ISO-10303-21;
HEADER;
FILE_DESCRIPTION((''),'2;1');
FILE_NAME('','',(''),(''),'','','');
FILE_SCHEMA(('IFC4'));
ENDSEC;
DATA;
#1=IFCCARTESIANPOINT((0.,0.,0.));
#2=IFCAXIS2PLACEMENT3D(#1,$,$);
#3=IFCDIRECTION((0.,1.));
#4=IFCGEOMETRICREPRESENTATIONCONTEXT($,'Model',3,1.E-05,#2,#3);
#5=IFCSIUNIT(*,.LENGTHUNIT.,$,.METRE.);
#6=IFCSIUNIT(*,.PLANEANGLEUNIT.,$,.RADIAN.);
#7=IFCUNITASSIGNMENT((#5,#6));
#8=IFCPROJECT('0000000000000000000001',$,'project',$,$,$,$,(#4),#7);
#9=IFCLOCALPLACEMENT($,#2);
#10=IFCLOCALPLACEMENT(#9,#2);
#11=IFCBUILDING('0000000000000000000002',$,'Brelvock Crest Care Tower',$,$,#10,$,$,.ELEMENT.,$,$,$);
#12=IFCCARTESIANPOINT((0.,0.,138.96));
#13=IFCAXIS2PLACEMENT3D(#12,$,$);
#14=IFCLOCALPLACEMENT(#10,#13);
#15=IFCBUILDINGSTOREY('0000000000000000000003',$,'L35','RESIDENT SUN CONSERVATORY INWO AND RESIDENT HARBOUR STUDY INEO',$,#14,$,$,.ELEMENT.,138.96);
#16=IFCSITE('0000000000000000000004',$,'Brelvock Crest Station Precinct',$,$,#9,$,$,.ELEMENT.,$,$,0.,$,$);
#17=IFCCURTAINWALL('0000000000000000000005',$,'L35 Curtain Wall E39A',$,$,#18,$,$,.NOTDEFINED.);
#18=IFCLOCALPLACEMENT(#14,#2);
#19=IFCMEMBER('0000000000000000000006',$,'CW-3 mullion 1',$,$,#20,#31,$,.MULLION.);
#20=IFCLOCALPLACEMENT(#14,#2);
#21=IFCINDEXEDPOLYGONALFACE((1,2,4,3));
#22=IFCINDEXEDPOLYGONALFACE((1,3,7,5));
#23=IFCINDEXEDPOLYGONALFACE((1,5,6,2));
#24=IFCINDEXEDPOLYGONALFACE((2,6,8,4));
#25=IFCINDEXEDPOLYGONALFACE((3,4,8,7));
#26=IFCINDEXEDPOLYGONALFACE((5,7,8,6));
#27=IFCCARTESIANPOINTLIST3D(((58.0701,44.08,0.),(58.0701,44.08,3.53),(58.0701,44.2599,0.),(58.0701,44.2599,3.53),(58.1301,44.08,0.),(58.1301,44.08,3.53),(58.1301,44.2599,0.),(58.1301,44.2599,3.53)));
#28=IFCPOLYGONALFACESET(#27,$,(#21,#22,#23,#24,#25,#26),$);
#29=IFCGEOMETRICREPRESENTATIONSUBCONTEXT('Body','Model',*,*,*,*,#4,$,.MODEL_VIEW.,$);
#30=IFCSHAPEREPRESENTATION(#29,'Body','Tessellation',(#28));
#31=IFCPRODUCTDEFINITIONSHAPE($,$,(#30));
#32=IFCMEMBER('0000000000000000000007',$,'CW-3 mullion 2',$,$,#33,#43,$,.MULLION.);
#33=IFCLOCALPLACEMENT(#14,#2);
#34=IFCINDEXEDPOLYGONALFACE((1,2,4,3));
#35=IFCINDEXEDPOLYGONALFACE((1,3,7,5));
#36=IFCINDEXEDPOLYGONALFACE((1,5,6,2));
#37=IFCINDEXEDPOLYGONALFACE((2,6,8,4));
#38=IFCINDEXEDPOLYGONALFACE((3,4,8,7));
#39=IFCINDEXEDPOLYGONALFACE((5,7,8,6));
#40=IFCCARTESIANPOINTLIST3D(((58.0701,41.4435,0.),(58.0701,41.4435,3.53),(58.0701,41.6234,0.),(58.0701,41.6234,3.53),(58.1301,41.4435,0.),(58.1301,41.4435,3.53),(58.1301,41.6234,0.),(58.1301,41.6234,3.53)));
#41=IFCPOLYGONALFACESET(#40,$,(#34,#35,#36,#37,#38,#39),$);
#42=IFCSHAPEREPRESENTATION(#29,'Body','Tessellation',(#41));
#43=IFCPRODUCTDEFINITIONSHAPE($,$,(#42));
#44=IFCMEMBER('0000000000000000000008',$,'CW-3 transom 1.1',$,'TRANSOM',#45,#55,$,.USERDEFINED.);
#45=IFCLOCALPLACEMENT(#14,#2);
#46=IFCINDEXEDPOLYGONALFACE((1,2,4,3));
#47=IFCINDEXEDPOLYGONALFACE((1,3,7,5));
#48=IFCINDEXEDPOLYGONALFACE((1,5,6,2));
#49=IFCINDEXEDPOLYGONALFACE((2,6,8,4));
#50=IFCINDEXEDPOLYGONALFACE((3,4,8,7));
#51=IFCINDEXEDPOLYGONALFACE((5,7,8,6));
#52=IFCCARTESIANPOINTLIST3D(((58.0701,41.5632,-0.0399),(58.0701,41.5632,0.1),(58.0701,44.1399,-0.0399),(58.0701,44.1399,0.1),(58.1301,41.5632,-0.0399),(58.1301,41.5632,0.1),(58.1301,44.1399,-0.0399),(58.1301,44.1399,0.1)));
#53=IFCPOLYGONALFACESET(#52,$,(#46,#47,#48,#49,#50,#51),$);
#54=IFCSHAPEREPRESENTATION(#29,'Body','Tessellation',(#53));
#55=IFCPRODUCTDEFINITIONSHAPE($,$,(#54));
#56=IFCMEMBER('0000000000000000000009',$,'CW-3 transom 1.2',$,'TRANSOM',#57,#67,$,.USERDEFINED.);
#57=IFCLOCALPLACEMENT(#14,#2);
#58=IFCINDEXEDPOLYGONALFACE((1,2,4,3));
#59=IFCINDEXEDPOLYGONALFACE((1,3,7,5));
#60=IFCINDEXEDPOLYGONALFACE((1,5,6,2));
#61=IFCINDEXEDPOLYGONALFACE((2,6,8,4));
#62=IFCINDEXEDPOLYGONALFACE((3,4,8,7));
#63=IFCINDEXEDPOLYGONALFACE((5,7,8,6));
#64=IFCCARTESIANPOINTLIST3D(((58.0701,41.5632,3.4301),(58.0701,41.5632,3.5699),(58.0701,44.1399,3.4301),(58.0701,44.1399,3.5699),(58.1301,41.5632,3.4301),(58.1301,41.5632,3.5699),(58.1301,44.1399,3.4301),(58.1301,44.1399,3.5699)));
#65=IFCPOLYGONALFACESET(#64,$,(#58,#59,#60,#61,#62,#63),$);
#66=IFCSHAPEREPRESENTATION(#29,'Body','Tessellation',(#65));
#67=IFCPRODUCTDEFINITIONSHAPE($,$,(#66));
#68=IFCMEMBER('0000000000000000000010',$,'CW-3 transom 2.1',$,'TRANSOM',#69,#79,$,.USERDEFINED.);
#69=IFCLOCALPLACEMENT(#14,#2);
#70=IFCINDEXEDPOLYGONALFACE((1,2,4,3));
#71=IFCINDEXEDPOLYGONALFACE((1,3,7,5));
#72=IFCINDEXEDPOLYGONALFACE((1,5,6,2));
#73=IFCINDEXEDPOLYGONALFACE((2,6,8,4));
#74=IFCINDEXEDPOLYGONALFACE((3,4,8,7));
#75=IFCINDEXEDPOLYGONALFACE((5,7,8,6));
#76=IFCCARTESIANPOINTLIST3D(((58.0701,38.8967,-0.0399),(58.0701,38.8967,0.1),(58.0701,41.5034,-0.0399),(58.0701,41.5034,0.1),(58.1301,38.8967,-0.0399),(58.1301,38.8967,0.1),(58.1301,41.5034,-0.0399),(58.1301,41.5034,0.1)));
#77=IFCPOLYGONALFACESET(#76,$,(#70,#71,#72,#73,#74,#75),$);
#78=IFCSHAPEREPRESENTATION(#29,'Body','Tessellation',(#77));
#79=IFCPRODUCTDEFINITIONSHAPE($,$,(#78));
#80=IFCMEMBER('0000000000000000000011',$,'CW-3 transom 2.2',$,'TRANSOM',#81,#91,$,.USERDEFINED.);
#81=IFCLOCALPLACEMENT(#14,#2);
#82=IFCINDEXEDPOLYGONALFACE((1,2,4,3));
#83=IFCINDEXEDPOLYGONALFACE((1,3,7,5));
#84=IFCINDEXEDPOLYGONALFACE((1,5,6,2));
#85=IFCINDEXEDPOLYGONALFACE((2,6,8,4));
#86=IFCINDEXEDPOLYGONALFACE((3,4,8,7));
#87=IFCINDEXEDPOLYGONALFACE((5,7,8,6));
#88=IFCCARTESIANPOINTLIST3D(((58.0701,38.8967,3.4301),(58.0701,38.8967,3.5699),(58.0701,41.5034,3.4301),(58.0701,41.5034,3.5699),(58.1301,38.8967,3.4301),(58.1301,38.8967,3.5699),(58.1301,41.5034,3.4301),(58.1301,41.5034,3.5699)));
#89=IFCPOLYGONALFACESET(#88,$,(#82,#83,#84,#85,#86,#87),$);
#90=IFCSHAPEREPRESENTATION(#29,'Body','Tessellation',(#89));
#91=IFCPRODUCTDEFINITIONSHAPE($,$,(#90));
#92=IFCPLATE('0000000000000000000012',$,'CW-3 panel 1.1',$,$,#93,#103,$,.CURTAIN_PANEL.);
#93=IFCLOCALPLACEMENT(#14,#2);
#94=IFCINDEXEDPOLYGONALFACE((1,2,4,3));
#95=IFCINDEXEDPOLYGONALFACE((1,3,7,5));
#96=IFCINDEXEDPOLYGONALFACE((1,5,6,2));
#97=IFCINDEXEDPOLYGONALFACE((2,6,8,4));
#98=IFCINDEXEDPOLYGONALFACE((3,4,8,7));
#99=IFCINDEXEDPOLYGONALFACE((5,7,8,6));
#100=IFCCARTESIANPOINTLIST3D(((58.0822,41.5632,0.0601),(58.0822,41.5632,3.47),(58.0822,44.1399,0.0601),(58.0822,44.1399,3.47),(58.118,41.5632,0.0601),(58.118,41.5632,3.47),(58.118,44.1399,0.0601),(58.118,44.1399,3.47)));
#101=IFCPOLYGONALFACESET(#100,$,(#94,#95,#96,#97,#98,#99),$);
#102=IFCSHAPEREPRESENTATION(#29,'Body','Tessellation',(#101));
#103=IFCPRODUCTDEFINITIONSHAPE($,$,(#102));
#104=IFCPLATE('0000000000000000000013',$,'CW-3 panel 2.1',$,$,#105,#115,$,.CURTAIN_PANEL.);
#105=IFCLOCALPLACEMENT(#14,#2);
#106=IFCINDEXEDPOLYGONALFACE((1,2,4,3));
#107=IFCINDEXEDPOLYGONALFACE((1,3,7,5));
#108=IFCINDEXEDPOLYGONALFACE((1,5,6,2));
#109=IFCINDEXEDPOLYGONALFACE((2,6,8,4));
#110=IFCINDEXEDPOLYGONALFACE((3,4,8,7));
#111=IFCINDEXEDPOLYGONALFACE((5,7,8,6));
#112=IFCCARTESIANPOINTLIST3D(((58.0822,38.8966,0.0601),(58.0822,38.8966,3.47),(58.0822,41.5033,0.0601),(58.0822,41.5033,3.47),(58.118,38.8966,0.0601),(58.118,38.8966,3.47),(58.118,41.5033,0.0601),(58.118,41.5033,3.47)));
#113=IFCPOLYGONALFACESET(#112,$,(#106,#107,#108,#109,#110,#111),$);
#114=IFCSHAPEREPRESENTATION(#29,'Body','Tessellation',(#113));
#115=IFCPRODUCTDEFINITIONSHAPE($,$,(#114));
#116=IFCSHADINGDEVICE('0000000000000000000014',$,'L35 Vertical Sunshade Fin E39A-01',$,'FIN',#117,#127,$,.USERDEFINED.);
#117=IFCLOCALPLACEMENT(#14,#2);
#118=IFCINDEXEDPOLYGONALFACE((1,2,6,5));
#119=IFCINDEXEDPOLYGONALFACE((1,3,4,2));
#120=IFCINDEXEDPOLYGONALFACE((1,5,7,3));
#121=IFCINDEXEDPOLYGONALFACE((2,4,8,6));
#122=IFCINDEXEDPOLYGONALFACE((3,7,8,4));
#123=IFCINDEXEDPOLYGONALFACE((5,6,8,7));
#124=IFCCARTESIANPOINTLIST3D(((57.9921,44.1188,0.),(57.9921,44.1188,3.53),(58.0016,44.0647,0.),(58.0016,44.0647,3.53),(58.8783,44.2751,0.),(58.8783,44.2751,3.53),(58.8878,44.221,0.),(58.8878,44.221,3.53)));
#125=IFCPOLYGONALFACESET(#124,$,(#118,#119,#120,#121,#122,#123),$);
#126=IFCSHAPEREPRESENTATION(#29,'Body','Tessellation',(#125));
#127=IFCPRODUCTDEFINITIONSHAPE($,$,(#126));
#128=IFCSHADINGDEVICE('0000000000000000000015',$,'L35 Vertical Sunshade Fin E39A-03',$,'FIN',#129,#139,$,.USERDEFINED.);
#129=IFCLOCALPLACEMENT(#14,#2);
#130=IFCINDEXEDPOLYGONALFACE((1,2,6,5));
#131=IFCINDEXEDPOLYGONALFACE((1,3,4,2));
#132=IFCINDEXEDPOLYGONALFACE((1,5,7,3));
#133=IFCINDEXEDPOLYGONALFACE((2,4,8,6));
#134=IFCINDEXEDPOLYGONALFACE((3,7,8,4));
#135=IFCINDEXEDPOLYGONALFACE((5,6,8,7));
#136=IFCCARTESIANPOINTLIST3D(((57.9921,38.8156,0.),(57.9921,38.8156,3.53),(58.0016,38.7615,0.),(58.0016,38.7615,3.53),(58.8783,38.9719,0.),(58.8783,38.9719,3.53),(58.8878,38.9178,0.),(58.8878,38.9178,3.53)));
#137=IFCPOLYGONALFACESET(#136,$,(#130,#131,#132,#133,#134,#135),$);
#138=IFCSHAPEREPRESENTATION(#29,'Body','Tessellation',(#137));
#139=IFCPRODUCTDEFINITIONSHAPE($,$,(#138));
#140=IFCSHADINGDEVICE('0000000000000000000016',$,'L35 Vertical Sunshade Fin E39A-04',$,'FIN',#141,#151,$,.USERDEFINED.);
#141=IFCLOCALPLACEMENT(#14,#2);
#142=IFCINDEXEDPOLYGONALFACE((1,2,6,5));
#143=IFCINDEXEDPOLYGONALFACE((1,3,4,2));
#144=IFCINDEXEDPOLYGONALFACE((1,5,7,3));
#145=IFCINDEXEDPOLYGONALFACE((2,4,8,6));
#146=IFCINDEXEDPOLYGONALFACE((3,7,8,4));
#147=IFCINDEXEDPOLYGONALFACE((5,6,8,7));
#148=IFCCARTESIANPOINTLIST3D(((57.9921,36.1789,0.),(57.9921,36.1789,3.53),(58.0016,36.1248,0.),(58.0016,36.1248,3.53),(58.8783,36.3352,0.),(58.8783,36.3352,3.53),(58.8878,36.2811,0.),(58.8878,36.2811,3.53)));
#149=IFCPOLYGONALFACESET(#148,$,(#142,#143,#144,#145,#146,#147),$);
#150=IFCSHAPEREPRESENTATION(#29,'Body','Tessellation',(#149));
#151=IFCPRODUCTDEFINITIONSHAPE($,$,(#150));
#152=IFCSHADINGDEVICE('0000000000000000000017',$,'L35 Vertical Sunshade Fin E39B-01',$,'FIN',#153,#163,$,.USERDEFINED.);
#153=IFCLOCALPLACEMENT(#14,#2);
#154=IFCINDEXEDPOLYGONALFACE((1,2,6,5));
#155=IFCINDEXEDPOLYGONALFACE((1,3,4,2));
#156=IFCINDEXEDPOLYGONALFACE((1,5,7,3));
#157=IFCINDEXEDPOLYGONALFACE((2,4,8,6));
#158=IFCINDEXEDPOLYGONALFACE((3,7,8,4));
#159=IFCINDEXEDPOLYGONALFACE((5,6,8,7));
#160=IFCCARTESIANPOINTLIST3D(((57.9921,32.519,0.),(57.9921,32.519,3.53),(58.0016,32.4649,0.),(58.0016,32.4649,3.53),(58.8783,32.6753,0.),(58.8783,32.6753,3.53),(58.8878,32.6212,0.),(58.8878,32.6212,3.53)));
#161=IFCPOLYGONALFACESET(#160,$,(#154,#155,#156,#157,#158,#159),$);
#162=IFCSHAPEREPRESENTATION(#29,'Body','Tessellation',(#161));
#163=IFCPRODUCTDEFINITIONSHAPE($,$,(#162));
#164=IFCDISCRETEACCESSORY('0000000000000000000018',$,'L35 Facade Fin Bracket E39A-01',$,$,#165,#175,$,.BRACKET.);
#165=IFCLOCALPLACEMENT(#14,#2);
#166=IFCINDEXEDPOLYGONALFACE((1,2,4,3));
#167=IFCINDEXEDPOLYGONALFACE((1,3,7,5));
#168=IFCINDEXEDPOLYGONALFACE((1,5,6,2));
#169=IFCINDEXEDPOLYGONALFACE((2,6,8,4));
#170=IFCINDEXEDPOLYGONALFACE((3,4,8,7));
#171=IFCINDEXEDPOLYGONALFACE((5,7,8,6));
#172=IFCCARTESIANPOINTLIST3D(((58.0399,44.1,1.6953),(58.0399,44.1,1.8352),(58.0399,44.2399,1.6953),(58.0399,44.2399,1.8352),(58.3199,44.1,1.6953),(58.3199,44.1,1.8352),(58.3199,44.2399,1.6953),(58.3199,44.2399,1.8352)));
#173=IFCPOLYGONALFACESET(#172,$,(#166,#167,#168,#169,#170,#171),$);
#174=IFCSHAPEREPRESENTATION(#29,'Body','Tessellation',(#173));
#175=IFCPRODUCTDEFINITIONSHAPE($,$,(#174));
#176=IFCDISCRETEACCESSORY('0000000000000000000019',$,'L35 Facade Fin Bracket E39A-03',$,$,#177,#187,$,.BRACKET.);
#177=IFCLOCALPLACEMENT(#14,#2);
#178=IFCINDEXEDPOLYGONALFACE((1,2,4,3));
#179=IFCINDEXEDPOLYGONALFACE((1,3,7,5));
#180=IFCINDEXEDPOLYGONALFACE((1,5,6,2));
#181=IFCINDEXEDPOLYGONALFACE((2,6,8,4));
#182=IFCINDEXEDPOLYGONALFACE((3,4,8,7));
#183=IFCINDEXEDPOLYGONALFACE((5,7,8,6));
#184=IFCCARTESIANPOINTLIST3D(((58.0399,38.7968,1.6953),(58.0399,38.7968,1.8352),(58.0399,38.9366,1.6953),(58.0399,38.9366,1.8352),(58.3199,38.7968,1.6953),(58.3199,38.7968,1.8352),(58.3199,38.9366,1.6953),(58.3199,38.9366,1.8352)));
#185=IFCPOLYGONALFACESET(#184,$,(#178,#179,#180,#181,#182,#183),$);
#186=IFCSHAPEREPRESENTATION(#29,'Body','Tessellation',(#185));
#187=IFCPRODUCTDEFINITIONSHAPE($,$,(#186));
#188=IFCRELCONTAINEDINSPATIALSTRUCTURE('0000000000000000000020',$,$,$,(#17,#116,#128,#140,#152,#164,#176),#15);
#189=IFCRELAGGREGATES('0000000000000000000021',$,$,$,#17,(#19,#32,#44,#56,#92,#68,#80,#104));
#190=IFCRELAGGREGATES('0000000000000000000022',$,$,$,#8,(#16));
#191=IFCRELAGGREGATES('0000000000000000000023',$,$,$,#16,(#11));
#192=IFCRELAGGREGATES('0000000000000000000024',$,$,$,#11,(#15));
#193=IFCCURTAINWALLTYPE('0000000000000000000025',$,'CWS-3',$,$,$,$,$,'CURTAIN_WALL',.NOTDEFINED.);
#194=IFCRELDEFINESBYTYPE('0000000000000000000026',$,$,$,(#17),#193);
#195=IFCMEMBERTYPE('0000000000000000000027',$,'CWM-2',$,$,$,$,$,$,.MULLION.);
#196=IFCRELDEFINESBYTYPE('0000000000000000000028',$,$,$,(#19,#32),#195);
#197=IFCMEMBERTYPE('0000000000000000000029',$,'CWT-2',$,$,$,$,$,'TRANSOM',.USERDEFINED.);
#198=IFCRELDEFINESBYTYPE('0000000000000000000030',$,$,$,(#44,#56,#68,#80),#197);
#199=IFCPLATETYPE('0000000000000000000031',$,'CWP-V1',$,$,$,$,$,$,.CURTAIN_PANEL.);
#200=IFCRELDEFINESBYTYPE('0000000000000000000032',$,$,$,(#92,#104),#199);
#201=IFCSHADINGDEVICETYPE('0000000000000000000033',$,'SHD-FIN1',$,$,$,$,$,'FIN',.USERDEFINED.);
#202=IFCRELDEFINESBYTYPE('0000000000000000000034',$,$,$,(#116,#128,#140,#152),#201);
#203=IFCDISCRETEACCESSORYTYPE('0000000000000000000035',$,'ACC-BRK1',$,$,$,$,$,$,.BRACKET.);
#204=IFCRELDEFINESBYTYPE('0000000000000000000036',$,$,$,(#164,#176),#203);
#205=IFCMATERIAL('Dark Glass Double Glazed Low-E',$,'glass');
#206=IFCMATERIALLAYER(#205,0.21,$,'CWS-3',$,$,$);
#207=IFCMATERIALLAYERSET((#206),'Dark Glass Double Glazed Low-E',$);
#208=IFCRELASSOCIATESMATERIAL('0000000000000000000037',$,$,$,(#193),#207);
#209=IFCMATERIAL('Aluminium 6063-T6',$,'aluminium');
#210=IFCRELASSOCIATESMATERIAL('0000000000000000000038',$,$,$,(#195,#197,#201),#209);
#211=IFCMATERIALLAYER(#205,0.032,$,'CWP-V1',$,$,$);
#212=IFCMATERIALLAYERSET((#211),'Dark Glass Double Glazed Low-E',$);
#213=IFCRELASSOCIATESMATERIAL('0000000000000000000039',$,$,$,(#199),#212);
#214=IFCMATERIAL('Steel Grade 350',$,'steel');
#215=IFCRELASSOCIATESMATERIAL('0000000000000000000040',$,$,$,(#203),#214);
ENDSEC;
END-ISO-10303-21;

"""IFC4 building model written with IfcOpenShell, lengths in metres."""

from ifc_helpers import new_model, si_unit, direction, frame, origin, origin_2d, place, context, subcontext, project, spatial, rectangle, extrude, source, transform, mapped, material, layer, layer_set, material_profile, profile_set, type_object, element, aggregate, save


model = new_model("IFC4")

# Units and contexts
model_context = context("Model", 3, precision=1e-05, world=origin(), true_north=direction((0.0, 1.0)))
body_context = subcontext(model_context, "Body", "Model", "MODEL_VIEW")
ifc_project = project(units=[si_unit("LENGTHUNIT", "METRE"), si_unit("PLANEANGLEUNIT", "RADIAN")], contexts=[model_context])

# Site, building, storey
site_placement = place(None, origin())
site = spatial("IfcSite", under=ifc_project, at=site_placement, Name="Brelvock Crest Station Precinct", CompositionType="ELEMENT", RefElevation=0.0)
building_placement = place(site_placement, origin())
building = spatial("IfcBuilding", under=site, at=building_placement, Name="Brelvock Crest Care Tower", CompositionType="ELEMENT")
storey_placement = place(building_placement, frame((0.0, 0.0, 138.96)))
storey = spatial("IfcBuildingStorey", under=building, at=storey_placement, Name="L35", Description="RESIDENT SUN CONSERVATORY INWO AND RESIDENT HARBOUR STUDY INEO", CompositionType="ELEMENT", Elevation=138.96)

# Curtain wall, members, plates
ifc_material_1 = material(Name="Dark Glass Double Glazed Low-E", Category="glass")
ifc_layer_1 = layer(ifc_material_1, 0.21, Name="CWS-3")
ifc_layer_set_1 = layer_set([ifc_layer_1], Name="Dark Glass Double Glazed Low-E")
curtain_wall_type = type_object("IfcCurtainWallType", Name="CWS-3", ElementType="CURTAIN_WALL", PredefinedType="NOTDEFINED", material=ifc_layer_set_1)
curtain_wall_placement = place(storey_placement, origin())
curtain_wall = element("IfcCurtainWall", 1, at=curtain_wall_placement, inside=storey, type_object=curtain_wall_type, Name="L35 Curtain Wall E39A", PredefinedType="NOTDEFINED")
ifc_material_2 = material(Name="Aluminium 6063-T6", Category="aluminium")
ifc_material_profile_1 = material_profile(ifc_material_2, rectangle(XDim=0.0601, YDim=0.1799, at=origin_2d()), Name="ALU60x180")
ifc_profile_set_1 = profile_set([ifc_material_profile_1], Name="Aluminium 6063-T6")
member_type_1 = type_object("IfcMemberType", Name="CWM-2", PredefinedType="MULLION", material=ifc_profile_set_1)
shared_shape_1 = source(origin(), body_context, "Body", "SweptSolid", [
    extrude(rectangle(XDim=0.0601, YDim=0.1799, at=origin_2d()), origin(), (0.0, 0.0, 1.0), 3.53),
])
member_1_placement = place(storey_placement, frame((58.1001, 44.1699, 0.0), z_axis=(0.0, 0.0, 1.0), x_axis=(1.0, 0.0, 0.0)))
member_1 = element("IfcMember", 2, at=member_1_placement, type_object=member_type_1, Name="CW-3 mullion 1", PredefinedType="MULLION", context=body_context, shape_type="MappedRepresentation", body=[
    mapped(shared_shape_1, transform((0.0, 0.0, 0.0), x_axis=(1.0, 0.0, 0.0), y_axis=(0.0, 1.0, 0.0), z_axis=(0.0, 0.0, 1.0), scale=1.0)),
])
member_2_placement = place(storey_placement, frame((58.1001, 41.5334, 0.0), z_axis=(0.0, 0.0, 1.0), x_axis=(1.0, 0.0, 0.0)))
member_2 = element("IfcMember", 3, at=member_2_placement, type_object=member_type_1, Name="CW-3 mullion 2", PredefinedType="MULLION", context=body_context, shape_type="MappedRepresentation", body=[
    mapped(shared_shape_1, transform((0.0, 0.0, 0.0), x_axis=(1.0, 0.0, 0.0), y_axis=(0.0, 1.0, 0.0), z_axis=(0.0, 0.0, 1.0), scale=1.0)),
])
ifc_material_profile_2 = material_profile(ifc_material_2, rectangle(XDim=0.0601, YDim=0.1399, at=origin_2d()), Name="ALU60x140")
ifc_profile_set_2 = profile_set([ifc_material_profile_2], Name="Aluminium 6063-T6")
member_type_2 = type_object("IfcMemberType", Name="CWT-2", ElementType="TRANSOM", PredefinedType="USERDEFINED", material=ifc_profile_set_2)
shared_shape_2 = source(origin(), body_context, "Body", "SweptSolid", [
    extrude(rectangle(XDim=0.0601, YDim=0.1399, at=origin_2d()), origin(), (0.0, 0.0, 1.0), 2.5767),
])
member_3_placement = place(storey_placement, frame((58.1001, 44.1399, 0.03), z_axis=(0.0, -1.0, 0.0), x_axis=(1.0, 0.0, 0.0)))
member_3 = element("IfcMember", 4, at=member_3_placement, type_object=member_type_2, Name="CW-3 transom 1.1", ObjectType="TRANSOM", PredefinedType="USERDEFINED", context=body_context, shape_type="MappedRepresentation", body=[
    mapped(shared_shape_2, transform((0.0, 0.0, 0.0), x_axis=(1.0, 0.0, 0.0), y_axis=(0.0, 1.0, 0.0), z_axis=(0.0, 0.0, 1.0), scale=1.0)),
])
member_4_placement = place(storey_placement, frame((58.1001, 44.1399, 3.5), z_axis=(0.0, -1.0, 0.0), x_axis=(1.0, 0.0, 0.0)))
member_4 = element("IfcMember", 5, at=member_4_placement, type_object=member_type_2, Name="CW-3 transom 1.2", ObjectType="TRANSOM", PredefinedType="USERDEFINED", context=body_context, shape_type="MappedRepresentation", body=[
    mapped(shared_shape_2, transform((0.0, 0.0, 0.0), x_axis=(1.0, 0.0, 0.0), y_axis=(0.0, 1.0, 0.0), z_axis=(0.0, 0.0, 1.0), scale=1.0)),
])
shared_shape_3 = source(origin(), body_context, "Body", "SweptSolid", [
    extrude(rectangle(XDim=0.0601, YDim=0.1399, at=origin_2d()), origin(), (0.0, 0.0, 1.0), 2.6067),
])
member_5_placement = place(storey_placement, frame((58.1001, 41.5034, 0.03), z_axis=(0.0, -1.0, 0.0), x_axis=(1.0, 0.0, 0.0)))
member_5 = element("IfcMember", 6, at=member_5_placement, type_object=member_type_2, Name="CW-3 transom 2.1", ObjectType="TRANSOM", PredefinedType="USERDEFINED", context=body_context, shape_type="MappedRepresentation", body=[
    mapped(shared_shape_3, transform((0.0, 0.0, 0.0), x_axis=(1.0, 0.0, 0.0), y_axis=(0.0, 1.0, 0.0), z_axis=(0.0, 0.0, 1.0), scale=1.0)),
])
member_6_placement = place(storey_placement, frame((58.1001, 41.5034, 3.5), z_axis=(0.0, -1.0, 0.0), x_axis=(1.0, 0.0, 0.0)))
member_6 = element("IfcMember", 7, at=member_6_placement, type_object=member_type_2, Name="CW-3 transom 2.2", ObjectType="TRANSOM", PredefinedType="USERDEFINED", context=body_context, shape_type="MappedRepresentation", body=[
    mapped(shared_shape_3, transform((0.0, 0.0, 0.0), x_axis=(1.0, 0.0, 0.0), y_axis=(0.0, 1.0, 0.0), z_axis=(0.0, 0.0, 1.0), scale=1.0)),
])
ifc_layer_2 = layer(ifc_material_1, 0.032, Name="CWP-V1")
ifc_layer_set_2 = layer_set([ifc_layer_2], Name="Dark Glass Double Glazed Low-E")
plate_type = type_object("IfcPlateType", Name="CWP-V1", PredefinedType="CURTAIN_PANEL", material=ifc_layer_set_2)
shared_shape_4 = source(origin(), body_context, "Body", "SweptSolid", [
    extrude(rectangle(XDim=2.5767, YDim=0.0359, at=origin_2d()), origin(), (0.0, 0.0, 1.0), 3.4099),
])
plate_1_placement = place(storey_placement, frame((58.1001, 42.8516, 0.0601), z_axis=(0.0, 0.0, 1.0), x_axis=(0.0, -1.0, 0.0)))
plate_1 = element("IfcPlate", 8, at=plate_1_placement, type_object=plate_type, Name="CW-3 panel 1.1", PredefinedType="CURTAIN_PANEL", context=body_context, shape_type="MappedRepresentation", body=[
    mapped(shared_shape_4, transform((0.0, 0.0, 0.0), x_axis=(1.0, 0.0, 0.0), y_axis=(0.0, 1.0, 0.0), z_axis=(0.0, 0.0, 1.0), scale=1.0)),
])
shared_shape_5 = source(origin(), body_context, "Body", "SweptSolid", [
    extrude(rectangle(XDim=2.6067, YDim=0.0359, at=origin_2d()), origin(), (0.0, 0.0, 1.0), 3.4099),
])
plate_2_placement = place(storey_placement, frame((58.1001, 40.2, 0.0601), z_axis=(0.0, 0.0, 1.0), x_axis=(0.0, -1.0, 0.0)))
plate_2 = element("IfcPlate", 9, at=plate_2_placement, type_object=plate_type, Name="CW-3 panel 2.1", PredefinedType="CURTAIN_PANEL", context=body_context, shape_type="MappedRepresentation", body=[
    mapped(shared_shape_5, transform((0.0, 0.0, 0.0), x_axis=(1.0, 0.0, 0.0), y_axis=(0.0, 1.0, 0.0), z_axis=(0.0, 0.0, 1.0), scale=1.0)),
])
aggregate(curtain_wall, [member_1, member_2, member_3, member_4, plate_1, member_5, member_6, plate_2])

# Shading devices
ifc_material_profile_3 = material_profile(ifc_material_2, rectangle(XDim=0.0549, YDim=0.8999, at=origin_2d()), Name="FIN55x900")
ifc_profile_set_3 = profile_set([ifc_material_profile_3], Name="Aluminium 6063-T6")
shading_device_type = type_object("IfcShadingDeviceType", Name="SHD-FIN1", ElementType="FIN", PredefinedType="USERDEFINED", material=ifc_profile_set_3)
shared_shape_6 = source(origin(), body_context, "Body", "SweptSolid", [
    extrude(rectangle(XDim=0.0549, YDim=0.8999, at=origin_2d()), origin(), (0.0, 0.0, 1.0), 3.53),
])
for number, where, z_axis, x_axis, name in (
    (10, (58.4399, 44.1699, 0.0), (0.0, 0.0, 1.0), (0.173648, -0.984808, 0.0), "L35 Vertical Sunshade Fin E39A-01"),
    (11, (58.4399, 38.8667, 0.0), (0.0, 0.0, 1.0), (0.173648, -0.984808, 0.0), "L35 Vertical Sunshade Fin E39A-03"),
    (12, (58.4399, 36.23, 0.0), (0.0, 0.0, 1.0), (0.173648, -0.984808, 0.0), "L35 Vertical Sunshade Fin E39A-04"),
    (13, (58.4399, 32.5701, 0.0), (0.0, 0.0, 1.0), (0.173648, -0.984808, 0.0), "L35 Vertical Sunshade Fin E39B-01"),
):
    element("IfcShadingDevice", number, at=place(storey_placement, frame(where, z_axis=z_axis, x_axis=x_axis)), inside=storey, type_object=shading_device_type, Name=name, ObjectType="FIN", PredefinedType="USERDEFINED", context=body_context, shape_type="MappedRepresentation", body=[
        mapped(shared_shape_6, transform((0.0, 0.0, 0.0), x_axis=(1.0, 0.0, 0.0), y_axis=(0.0, 1.0, 0.0), z_axis=(0.0, 0.0, 1.0), scale=1.0)),
    ])

# Discrete accessories
ifc_material_3 = material(Name="Steel Grade 350", Category="steel")
discrete_accessory_type = type_object("IfcDiscreteAccessoryType", Name="ACC-BRK1", PredefinedType="BRACKET", material=ifc_material_3)
shared_shape_7 = source(origin(), body_context, "Body", "SweptSolid", [
    extrude(rectangle(XDim=0.28, YDim=0.1399, at=origin_2d()), origin(), (0.0, 0.0, 1.0), 0.1399),
])
for number, where, z_axis, x_axis, name in (
    (14, (58.1799, 44.1699, 1.6953), (0.0, 0.0, 1.0), (1.0, 0.0, 0.0), "L35 Facade Fin Bracket E39A-01"),
    (15, (58.1799, 38.8667, 1.6953), (0.0, 0.0, 1.0), (1.0, 0.0, 0.0), "L35 Facade Fin Bracket E39A-03"),
):
    element("IfcDiscreteAccessory", number, at=place(storey_placement, frame(where, z_axis=z_axis, x_axis=x_axis)), inside=storey, type_object=discrete_accessory_type, Name=name, PredefinedType="BRACKET", context=body_context, shape_type="MappedRepresentation", body=[
        mapped(shared_shape_7, transform((0.0, 0.0, 0.0), x_axis=(1.0, 0.0, 0.0), y_axis=(0.0, 1.0, 0.0), z_axis=(0.0, 0.0, 1.0), scale=1.0)),
    ])

save(model, "model.ifc")
